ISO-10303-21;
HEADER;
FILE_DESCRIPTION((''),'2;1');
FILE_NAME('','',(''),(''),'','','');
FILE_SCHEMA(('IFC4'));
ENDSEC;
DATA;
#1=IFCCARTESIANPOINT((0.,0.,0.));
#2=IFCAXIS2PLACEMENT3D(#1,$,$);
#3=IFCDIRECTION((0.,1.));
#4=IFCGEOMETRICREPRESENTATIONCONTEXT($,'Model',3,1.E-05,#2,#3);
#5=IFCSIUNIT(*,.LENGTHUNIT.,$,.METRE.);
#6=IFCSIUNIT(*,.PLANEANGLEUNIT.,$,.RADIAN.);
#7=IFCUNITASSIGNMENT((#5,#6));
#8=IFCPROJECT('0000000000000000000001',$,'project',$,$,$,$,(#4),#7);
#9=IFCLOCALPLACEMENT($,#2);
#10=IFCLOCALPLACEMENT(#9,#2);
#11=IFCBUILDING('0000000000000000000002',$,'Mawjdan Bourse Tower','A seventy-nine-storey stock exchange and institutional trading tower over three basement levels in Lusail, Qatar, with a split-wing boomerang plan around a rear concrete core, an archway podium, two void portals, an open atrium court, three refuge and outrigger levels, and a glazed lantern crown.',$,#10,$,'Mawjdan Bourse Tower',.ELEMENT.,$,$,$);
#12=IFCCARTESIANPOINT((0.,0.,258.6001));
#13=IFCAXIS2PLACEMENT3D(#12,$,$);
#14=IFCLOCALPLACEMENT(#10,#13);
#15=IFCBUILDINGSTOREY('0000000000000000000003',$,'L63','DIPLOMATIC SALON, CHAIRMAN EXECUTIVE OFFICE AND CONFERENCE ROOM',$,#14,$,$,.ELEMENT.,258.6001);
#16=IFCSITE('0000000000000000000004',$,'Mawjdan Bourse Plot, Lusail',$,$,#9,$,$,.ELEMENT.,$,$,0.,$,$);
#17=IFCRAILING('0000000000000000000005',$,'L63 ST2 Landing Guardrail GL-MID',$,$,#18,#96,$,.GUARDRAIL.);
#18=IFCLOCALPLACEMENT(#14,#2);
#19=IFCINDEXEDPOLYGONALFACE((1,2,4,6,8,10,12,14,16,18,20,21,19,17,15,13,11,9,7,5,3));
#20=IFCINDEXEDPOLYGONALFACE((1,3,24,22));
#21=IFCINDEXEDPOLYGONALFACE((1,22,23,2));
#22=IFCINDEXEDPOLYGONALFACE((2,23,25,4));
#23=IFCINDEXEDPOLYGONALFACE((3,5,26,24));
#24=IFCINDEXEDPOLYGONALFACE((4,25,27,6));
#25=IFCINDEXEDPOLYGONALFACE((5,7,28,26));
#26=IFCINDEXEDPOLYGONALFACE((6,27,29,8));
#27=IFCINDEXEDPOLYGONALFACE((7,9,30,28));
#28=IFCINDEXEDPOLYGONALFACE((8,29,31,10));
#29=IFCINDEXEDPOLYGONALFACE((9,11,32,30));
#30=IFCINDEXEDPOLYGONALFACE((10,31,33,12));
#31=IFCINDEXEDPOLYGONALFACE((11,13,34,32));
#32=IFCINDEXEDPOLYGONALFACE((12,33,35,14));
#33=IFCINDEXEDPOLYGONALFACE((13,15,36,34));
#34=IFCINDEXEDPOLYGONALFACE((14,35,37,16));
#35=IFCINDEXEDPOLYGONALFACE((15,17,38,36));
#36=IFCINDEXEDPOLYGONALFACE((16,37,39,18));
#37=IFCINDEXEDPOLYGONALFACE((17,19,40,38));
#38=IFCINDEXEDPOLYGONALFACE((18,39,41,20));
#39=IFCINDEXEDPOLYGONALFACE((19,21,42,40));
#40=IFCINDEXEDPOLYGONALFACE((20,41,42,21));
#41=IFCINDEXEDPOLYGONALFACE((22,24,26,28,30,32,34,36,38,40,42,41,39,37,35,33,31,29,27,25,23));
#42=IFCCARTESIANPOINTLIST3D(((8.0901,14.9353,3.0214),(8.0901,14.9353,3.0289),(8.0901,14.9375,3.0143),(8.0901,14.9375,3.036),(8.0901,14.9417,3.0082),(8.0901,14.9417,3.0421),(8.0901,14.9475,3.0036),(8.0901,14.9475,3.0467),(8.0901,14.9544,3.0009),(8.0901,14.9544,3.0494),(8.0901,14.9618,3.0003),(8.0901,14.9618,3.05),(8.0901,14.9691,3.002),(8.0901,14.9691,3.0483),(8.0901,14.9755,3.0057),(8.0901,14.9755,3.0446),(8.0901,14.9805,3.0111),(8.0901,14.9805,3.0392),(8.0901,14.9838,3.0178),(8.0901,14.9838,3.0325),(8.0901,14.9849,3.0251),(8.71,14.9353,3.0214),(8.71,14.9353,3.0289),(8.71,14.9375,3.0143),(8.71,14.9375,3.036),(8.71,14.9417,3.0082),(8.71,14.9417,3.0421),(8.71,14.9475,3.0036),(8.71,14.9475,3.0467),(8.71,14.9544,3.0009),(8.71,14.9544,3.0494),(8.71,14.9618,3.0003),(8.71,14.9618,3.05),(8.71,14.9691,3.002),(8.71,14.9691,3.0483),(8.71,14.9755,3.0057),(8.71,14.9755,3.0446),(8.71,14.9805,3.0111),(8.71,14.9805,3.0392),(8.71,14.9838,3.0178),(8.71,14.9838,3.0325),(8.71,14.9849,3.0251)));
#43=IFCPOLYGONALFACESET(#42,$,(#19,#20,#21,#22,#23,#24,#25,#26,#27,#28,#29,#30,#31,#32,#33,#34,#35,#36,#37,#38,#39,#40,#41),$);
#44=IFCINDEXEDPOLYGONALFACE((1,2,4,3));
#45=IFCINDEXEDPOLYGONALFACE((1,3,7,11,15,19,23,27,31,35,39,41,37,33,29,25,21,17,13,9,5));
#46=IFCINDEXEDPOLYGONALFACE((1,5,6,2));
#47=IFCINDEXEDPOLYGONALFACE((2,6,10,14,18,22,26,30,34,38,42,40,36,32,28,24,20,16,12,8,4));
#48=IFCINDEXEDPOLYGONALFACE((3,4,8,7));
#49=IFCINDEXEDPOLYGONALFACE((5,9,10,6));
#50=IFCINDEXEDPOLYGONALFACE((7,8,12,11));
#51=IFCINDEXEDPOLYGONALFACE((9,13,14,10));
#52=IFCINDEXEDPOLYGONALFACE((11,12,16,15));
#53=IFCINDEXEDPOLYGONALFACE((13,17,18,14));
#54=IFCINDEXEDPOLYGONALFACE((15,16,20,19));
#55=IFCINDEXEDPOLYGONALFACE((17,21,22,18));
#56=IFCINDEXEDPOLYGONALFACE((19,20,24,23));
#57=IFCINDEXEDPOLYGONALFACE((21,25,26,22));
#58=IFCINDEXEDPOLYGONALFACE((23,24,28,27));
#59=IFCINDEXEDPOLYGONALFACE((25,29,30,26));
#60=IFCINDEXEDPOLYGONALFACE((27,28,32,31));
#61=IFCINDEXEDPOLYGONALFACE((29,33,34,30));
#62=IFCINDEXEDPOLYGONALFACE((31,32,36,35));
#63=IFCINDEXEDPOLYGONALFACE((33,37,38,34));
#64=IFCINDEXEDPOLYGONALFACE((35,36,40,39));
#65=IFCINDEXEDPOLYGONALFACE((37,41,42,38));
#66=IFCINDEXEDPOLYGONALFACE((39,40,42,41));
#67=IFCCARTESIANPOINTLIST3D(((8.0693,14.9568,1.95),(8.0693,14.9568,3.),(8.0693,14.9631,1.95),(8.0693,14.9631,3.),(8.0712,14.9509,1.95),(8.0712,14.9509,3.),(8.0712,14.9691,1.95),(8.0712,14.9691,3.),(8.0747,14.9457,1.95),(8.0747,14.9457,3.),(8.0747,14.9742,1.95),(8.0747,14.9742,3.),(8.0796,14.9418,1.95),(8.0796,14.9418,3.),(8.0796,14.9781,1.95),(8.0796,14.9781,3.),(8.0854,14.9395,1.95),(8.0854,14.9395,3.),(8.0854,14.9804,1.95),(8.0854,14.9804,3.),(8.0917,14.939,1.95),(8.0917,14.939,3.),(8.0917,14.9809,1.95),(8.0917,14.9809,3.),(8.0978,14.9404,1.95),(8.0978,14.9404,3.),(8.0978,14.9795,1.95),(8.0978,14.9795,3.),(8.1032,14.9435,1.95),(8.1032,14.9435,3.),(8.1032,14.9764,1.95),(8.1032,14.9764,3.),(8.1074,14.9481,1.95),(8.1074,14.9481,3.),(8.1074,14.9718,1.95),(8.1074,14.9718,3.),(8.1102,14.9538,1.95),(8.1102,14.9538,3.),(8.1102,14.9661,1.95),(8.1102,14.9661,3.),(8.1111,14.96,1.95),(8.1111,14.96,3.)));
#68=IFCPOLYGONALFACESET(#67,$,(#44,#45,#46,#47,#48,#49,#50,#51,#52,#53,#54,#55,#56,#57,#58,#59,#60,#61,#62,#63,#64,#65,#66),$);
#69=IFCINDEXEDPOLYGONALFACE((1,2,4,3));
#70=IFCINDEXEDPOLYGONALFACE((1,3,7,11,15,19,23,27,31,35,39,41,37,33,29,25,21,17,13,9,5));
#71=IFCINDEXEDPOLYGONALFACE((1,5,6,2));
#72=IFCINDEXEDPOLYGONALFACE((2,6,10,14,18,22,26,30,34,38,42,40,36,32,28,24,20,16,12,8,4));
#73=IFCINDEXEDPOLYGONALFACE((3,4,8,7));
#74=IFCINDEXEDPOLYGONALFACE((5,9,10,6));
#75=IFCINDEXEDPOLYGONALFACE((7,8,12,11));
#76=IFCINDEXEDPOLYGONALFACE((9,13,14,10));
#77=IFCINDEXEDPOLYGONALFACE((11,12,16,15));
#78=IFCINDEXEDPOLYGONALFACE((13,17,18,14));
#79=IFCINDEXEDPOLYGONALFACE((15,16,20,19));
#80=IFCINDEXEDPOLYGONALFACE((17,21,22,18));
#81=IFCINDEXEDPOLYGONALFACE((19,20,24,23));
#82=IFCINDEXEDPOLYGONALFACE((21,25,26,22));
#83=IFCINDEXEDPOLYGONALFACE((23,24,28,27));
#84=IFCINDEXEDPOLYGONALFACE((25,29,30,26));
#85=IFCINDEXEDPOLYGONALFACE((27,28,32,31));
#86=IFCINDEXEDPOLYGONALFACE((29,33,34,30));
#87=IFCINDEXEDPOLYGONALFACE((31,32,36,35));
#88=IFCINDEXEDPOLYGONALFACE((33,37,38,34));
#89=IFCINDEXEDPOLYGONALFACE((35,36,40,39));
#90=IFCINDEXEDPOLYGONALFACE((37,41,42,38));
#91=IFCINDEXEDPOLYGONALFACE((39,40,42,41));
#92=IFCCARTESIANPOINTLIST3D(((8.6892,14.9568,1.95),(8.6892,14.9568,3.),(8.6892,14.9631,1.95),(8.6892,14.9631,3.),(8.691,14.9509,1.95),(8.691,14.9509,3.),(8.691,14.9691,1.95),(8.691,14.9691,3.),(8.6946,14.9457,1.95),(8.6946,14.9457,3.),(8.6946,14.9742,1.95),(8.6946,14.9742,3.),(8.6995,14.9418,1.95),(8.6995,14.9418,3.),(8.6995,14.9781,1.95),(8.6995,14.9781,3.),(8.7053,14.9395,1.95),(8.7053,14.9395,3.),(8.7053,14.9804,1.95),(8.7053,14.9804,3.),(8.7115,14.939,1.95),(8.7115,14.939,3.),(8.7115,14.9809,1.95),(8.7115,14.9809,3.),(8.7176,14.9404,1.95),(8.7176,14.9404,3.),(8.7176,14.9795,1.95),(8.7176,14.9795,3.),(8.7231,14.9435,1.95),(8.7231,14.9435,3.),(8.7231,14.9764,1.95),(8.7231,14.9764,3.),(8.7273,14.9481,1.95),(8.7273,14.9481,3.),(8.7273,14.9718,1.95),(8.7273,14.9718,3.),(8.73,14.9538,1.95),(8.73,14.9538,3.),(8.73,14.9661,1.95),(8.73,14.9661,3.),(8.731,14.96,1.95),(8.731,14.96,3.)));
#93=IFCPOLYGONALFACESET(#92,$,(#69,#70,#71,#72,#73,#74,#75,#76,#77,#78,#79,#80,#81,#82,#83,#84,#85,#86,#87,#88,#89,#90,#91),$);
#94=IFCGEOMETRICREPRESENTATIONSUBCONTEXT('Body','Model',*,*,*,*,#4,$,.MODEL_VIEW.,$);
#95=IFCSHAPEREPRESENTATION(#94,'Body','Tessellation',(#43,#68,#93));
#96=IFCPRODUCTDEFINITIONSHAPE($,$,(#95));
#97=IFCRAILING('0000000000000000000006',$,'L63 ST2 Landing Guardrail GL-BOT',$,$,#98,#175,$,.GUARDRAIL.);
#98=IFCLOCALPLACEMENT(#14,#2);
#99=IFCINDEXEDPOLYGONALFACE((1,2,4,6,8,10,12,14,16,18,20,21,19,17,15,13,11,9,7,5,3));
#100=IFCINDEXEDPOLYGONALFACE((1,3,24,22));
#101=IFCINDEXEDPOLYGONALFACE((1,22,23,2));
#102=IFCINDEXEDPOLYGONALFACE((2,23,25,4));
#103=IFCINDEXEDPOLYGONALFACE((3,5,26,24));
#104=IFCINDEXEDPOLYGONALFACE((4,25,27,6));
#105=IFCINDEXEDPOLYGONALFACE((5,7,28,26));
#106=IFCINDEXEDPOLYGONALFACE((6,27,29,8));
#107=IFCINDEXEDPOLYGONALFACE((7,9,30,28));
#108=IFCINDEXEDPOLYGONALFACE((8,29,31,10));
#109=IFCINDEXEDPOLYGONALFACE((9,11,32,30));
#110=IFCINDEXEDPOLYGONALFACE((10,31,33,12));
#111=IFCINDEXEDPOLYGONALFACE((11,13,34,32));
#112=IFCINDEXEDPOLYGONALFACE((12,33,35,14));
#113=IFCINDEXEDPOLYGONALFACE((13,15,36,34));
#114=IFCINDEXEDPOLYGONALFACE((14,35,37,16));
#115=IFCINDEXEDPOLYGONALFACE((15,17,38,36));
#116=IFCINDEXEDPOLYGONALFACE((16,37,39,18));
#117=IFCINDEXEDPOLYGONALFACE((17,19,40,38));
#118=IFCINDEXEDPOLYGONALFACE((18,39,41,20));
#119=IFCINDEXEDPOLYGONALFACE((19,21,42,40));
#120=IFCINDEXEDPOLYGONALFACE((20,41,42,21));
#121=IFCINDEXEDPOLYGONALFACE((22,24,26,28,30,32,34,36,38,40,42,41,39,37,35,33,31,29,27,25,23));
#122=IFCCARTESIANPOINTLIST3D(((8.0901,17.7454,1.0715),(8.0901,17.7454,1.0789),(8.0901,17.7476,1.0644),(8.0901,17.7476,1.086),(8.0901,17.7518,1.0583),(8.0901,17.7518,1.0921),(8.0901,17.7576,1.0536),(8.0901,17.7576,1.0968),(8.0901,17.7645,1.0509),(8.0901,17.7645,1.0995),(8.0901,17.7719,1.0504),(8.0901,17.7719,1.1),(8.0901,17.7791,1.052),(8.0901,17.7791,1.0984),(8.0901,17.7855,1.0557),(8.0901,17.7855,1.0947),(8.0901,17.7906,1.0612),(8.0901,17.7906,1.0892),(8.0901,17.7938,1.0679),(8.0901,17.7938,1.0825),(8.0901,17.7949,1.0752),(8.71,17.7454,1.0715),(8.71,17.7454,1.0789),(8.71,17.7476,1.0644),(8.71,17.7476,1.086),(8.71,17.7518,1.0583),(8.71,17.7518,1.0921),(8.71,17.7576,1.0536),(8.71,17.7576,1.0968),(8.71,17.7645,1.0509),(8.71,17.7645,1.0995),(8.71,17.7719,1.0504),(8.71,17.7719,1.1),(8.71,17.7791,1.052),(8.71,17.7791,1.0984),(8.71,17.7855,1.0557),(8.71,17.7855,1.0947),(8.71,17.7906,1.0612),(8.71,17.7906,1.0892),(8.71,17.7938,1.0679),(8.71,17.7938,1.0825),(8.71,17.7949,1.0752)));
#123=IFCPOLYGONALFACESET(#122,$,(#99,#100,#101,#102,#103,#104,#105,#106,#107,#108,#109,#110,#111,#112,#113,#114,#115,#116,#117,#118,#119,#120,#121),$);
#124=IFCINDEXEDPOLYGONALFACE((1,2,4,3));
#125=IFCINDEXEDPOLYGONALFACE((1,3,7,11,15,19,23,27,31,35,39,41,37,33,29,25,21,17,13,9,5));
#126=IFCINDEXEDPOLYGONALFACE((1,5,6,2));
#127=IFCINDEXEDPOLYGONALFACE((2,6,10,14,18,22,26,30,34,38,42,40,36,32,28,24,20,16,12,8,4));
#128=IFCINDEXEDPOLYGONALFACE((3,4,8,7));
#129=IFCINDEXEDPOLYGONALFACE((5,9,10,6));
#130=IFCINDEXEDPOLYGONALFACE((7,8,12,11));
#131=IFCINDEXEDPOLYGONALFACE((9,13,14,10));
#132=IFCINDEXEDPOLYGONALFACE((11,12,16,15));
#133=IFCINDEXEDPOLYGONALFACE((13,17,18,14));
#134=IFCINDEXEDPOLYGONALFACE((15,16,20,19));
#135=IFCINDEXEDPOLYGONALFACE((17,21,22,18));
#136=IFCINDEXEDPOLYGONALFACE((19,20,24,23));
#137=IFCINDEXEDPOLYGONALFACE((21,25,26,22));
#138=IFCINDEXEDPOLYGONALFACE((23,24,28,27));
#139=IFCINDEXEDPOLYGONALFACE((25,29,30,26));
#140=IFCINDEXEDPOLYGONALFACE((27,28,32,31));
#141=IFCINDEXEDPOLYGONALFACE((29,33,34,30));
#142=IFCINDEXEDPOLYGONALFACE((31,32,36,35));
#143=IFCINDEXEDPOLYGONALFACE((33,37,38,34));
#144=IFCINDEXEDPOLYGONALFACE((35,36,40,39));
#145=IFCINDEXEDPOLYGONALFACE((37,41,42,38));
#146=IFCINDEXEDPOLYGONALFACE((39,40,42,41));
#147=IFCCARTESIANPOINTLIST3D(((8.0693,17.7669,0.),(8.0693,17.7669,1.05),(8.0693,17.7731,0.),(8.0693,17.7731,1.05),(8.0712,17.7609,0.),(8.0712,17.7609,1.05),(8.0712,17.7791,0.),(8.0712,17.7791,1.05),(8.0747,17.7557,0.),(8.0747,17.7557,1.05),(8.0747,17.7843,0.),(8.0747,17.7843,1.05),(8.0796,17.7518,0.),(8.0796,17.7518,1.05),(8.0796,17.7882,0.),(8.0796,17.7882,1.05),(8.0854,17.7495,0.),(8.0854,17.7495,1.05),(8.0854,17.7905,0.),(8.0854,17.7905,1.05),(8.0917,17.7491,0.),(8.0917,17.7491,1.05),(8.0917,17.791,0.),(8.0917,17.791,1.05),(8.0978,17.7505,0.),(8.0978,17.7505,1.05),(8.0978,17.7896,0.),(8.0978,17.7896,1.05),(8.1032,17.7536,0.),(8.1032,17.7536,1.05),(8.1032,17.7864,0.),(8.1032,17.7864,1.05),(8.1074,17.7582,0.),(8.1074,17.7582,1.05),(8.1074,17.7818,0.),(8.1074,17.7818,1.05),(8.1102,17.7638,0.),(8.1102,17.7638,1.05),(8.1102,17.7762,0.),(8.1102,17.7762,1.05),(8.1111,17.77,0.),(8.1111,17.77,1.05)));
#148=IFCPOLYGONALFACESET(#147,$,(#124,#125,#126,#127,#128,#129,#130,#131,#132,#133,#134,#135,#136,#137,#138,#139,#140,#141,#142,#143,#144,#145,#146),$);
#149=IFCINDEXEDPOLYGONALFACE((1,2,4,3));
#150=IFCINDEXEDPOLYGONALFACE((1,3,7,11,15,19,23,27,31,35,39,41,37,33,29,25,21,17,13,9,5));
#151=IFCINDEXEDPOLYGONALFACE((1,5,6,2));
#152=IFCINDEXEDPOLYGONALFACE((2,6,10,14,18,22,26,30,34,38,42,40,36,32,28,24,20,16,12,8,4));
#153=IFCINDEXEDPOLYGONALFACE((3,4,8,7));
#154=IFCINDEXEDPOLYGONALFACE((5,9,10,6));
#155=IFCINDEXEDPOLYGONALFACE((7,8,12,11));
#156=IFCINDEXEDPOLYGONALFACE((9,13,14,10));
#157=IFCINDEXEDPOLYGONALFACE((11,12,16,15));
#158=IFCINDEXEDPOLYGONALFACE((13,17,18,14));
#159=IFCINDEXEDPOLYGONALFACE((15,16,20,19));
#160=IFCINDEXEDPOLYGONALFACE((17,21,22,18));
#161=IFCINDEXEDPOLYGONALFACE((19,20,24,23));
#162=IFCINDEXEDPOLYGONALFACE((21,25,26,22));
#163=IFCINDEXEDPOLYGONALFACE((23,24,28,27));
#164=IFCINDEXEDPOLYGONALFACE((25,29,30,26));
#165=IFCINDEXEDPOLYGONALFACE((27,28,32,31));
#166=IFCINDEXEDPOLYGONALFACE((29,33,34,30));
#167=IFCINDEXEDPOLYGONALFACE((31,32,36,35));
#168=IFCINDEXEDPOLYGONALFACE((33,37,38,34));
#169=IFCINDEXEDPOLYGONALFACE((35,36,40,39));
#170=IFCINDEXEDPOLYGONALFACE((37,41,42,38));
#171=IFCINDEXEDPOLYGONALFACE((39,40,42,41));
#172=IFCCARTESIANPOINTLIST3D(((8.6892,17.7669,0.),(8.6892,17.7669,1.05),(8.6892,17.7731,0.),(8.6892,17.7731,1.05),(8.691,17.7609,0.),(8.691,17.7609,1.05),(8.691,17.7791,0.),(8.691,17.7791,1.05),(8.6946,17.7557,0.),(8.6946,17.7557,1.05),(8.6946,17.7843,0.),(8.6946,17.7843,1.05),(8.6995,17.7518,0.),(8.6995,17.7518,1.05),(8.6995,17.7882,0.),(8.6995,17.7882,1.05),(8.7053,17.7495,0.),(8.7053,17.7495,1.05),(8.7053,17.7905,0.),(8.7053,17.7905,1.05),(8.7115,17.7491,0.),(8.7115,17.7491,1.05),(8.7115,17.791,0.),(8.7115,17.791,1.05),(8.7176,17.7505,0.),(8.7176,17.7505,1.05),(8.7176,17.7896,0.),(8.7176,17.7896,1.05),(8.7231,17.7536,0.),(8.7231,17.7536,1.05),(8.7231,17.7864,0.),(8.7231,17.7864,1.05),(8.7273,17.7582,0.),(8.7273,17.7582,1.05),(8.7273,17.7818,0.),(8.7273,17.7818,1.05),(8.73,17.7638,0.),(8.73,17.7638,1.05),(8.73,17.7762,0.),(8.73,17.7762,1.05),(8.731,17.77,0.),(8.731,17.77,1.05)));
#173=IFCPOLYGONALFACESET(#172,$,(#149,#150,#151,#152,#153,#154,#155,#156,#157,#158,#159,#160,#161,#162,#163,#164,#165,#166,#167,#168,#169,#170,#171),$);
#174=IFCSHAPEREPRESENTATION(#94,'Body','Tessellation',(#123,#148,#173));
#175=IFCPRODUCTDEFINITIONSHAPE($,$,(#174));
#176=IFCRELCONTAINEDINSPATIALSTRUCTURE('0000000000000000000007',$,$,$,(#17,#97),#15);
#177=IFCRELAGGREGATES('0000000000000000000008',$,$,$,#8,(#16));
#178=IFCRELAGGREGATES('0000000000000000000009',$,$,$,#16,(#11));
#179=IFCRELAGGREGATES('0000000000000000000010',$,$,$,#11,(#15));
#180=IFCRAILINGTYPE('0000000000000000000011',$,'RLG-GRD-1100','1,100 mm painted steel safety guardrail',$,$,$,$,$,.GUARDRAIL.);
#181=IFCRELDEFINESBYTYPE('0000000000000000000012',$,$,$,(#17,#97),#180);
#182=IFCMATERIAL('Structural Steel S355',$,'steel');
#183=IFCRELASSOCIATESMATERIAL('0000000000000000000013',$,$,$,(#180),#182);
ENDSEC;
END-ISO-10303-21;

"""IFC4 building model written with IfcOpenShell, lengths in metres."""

from ifc_helpers import new_model, si_unit, direction, frame, origin, origin_2d, place, context, subcontext, project, spatial, circle, extrude, material, type_object, element, save


model = new_model("IFC4")

# Units and contexts
model_context = context("Model", 3, precision=1e-05, world=origin(), true_north=direction((0.0, 1.0)))
body_context = subcontext(model_context, "Body", "Model", "MODEL_VIEW")
ifc_project = project(units=[si_unit("LENGTHUNIT", "METRE"), si_unit("PLANEANGLEUNIT", "RADIAN")], contexts=[model_context])

# Site, building, storey
site_placement = place(None, origin())
site = spatial("IfcSite", under=ifc_project, at=site_placement, Name="Mawjdan Bourse Plot, Lusail", CompositionType="ELEMENT", RefElevation=0.0)
building_placement = place(site_placement, origin())
building = spatial("IfcBuilding", under=site, at=building_placement, Name="Mawjdan Bourse Tower", Description="A seventy-nine-storey stock exchange and institutional trading tower over three basement levels in Lusail, Qatar, with a split-wing boomerang plan around a rear concrete core, an archway podium, two void portals, an open atrium court, three refuge and outrigger levels, and a glazed lantern crown.", LongName="Mawjdan Bourse Tower", CompositionType="ELEMENT")
storey_placement = place(building_placement, frame((0.0, 0.0, 258.6001)))
storey = spatial("IfcBuildingStorey", under=building, at=storey_placement, Name="L63", Description="DIPLOMATIC SALON, CHAIRMAN EXECUTIVE OFFICE AND CONFERENCE ROOM", CompositionType="ELEMENT", Elevation=258.6001)

# Railings
ifc_material_1 = material(Name="Structural Steel S355", Category="steel")
railing_type_1 = type_object("IfcRailingType", Name="RLG-GRD-1100", Description="1,100 mm painted steel safety guardrail", PredefinedType="GUARDRAIL", material=ifc_material_1)
for number, where, name in (
    (1, (8.0901, 14.96, 1.95), "L63 ST2 Landing Guardrail GL-MID"),
    (2, (8.0901, 17.77, 0.0), "L63 ST2 Landing Guardrail GL-BOT"),
):
    element("IfcRailing", number, at=place(storey_placement, frame(where)), inside=storey, type_object=railing_type_1, Name=name, PredefinedType="GUARDRAIL", context=body_context, shape_type="SweptSolid", body=[
        extrude(circle(Radius=0.0249, at=origin_2d()), frame((0.0, 0.0, 1.0752), z_axis=(1.0, 0.0, 0.0), x_axis=(0.0, 1.0, 0.0)), (0.0, 0.0, 1.0), 0.6199),
        extrude(circle(Radius=0.021, at=origin_2d()), origin(), (0.0, 0.0, 1.0), 1.05),
        extrude(circle(Radius=0.021, at=origin_2d()), frame((0.6199, 0.0, 0.0)), (0.0, 0.0, 1.0), 1.05),
    ])

save(model, "model.ifc")
